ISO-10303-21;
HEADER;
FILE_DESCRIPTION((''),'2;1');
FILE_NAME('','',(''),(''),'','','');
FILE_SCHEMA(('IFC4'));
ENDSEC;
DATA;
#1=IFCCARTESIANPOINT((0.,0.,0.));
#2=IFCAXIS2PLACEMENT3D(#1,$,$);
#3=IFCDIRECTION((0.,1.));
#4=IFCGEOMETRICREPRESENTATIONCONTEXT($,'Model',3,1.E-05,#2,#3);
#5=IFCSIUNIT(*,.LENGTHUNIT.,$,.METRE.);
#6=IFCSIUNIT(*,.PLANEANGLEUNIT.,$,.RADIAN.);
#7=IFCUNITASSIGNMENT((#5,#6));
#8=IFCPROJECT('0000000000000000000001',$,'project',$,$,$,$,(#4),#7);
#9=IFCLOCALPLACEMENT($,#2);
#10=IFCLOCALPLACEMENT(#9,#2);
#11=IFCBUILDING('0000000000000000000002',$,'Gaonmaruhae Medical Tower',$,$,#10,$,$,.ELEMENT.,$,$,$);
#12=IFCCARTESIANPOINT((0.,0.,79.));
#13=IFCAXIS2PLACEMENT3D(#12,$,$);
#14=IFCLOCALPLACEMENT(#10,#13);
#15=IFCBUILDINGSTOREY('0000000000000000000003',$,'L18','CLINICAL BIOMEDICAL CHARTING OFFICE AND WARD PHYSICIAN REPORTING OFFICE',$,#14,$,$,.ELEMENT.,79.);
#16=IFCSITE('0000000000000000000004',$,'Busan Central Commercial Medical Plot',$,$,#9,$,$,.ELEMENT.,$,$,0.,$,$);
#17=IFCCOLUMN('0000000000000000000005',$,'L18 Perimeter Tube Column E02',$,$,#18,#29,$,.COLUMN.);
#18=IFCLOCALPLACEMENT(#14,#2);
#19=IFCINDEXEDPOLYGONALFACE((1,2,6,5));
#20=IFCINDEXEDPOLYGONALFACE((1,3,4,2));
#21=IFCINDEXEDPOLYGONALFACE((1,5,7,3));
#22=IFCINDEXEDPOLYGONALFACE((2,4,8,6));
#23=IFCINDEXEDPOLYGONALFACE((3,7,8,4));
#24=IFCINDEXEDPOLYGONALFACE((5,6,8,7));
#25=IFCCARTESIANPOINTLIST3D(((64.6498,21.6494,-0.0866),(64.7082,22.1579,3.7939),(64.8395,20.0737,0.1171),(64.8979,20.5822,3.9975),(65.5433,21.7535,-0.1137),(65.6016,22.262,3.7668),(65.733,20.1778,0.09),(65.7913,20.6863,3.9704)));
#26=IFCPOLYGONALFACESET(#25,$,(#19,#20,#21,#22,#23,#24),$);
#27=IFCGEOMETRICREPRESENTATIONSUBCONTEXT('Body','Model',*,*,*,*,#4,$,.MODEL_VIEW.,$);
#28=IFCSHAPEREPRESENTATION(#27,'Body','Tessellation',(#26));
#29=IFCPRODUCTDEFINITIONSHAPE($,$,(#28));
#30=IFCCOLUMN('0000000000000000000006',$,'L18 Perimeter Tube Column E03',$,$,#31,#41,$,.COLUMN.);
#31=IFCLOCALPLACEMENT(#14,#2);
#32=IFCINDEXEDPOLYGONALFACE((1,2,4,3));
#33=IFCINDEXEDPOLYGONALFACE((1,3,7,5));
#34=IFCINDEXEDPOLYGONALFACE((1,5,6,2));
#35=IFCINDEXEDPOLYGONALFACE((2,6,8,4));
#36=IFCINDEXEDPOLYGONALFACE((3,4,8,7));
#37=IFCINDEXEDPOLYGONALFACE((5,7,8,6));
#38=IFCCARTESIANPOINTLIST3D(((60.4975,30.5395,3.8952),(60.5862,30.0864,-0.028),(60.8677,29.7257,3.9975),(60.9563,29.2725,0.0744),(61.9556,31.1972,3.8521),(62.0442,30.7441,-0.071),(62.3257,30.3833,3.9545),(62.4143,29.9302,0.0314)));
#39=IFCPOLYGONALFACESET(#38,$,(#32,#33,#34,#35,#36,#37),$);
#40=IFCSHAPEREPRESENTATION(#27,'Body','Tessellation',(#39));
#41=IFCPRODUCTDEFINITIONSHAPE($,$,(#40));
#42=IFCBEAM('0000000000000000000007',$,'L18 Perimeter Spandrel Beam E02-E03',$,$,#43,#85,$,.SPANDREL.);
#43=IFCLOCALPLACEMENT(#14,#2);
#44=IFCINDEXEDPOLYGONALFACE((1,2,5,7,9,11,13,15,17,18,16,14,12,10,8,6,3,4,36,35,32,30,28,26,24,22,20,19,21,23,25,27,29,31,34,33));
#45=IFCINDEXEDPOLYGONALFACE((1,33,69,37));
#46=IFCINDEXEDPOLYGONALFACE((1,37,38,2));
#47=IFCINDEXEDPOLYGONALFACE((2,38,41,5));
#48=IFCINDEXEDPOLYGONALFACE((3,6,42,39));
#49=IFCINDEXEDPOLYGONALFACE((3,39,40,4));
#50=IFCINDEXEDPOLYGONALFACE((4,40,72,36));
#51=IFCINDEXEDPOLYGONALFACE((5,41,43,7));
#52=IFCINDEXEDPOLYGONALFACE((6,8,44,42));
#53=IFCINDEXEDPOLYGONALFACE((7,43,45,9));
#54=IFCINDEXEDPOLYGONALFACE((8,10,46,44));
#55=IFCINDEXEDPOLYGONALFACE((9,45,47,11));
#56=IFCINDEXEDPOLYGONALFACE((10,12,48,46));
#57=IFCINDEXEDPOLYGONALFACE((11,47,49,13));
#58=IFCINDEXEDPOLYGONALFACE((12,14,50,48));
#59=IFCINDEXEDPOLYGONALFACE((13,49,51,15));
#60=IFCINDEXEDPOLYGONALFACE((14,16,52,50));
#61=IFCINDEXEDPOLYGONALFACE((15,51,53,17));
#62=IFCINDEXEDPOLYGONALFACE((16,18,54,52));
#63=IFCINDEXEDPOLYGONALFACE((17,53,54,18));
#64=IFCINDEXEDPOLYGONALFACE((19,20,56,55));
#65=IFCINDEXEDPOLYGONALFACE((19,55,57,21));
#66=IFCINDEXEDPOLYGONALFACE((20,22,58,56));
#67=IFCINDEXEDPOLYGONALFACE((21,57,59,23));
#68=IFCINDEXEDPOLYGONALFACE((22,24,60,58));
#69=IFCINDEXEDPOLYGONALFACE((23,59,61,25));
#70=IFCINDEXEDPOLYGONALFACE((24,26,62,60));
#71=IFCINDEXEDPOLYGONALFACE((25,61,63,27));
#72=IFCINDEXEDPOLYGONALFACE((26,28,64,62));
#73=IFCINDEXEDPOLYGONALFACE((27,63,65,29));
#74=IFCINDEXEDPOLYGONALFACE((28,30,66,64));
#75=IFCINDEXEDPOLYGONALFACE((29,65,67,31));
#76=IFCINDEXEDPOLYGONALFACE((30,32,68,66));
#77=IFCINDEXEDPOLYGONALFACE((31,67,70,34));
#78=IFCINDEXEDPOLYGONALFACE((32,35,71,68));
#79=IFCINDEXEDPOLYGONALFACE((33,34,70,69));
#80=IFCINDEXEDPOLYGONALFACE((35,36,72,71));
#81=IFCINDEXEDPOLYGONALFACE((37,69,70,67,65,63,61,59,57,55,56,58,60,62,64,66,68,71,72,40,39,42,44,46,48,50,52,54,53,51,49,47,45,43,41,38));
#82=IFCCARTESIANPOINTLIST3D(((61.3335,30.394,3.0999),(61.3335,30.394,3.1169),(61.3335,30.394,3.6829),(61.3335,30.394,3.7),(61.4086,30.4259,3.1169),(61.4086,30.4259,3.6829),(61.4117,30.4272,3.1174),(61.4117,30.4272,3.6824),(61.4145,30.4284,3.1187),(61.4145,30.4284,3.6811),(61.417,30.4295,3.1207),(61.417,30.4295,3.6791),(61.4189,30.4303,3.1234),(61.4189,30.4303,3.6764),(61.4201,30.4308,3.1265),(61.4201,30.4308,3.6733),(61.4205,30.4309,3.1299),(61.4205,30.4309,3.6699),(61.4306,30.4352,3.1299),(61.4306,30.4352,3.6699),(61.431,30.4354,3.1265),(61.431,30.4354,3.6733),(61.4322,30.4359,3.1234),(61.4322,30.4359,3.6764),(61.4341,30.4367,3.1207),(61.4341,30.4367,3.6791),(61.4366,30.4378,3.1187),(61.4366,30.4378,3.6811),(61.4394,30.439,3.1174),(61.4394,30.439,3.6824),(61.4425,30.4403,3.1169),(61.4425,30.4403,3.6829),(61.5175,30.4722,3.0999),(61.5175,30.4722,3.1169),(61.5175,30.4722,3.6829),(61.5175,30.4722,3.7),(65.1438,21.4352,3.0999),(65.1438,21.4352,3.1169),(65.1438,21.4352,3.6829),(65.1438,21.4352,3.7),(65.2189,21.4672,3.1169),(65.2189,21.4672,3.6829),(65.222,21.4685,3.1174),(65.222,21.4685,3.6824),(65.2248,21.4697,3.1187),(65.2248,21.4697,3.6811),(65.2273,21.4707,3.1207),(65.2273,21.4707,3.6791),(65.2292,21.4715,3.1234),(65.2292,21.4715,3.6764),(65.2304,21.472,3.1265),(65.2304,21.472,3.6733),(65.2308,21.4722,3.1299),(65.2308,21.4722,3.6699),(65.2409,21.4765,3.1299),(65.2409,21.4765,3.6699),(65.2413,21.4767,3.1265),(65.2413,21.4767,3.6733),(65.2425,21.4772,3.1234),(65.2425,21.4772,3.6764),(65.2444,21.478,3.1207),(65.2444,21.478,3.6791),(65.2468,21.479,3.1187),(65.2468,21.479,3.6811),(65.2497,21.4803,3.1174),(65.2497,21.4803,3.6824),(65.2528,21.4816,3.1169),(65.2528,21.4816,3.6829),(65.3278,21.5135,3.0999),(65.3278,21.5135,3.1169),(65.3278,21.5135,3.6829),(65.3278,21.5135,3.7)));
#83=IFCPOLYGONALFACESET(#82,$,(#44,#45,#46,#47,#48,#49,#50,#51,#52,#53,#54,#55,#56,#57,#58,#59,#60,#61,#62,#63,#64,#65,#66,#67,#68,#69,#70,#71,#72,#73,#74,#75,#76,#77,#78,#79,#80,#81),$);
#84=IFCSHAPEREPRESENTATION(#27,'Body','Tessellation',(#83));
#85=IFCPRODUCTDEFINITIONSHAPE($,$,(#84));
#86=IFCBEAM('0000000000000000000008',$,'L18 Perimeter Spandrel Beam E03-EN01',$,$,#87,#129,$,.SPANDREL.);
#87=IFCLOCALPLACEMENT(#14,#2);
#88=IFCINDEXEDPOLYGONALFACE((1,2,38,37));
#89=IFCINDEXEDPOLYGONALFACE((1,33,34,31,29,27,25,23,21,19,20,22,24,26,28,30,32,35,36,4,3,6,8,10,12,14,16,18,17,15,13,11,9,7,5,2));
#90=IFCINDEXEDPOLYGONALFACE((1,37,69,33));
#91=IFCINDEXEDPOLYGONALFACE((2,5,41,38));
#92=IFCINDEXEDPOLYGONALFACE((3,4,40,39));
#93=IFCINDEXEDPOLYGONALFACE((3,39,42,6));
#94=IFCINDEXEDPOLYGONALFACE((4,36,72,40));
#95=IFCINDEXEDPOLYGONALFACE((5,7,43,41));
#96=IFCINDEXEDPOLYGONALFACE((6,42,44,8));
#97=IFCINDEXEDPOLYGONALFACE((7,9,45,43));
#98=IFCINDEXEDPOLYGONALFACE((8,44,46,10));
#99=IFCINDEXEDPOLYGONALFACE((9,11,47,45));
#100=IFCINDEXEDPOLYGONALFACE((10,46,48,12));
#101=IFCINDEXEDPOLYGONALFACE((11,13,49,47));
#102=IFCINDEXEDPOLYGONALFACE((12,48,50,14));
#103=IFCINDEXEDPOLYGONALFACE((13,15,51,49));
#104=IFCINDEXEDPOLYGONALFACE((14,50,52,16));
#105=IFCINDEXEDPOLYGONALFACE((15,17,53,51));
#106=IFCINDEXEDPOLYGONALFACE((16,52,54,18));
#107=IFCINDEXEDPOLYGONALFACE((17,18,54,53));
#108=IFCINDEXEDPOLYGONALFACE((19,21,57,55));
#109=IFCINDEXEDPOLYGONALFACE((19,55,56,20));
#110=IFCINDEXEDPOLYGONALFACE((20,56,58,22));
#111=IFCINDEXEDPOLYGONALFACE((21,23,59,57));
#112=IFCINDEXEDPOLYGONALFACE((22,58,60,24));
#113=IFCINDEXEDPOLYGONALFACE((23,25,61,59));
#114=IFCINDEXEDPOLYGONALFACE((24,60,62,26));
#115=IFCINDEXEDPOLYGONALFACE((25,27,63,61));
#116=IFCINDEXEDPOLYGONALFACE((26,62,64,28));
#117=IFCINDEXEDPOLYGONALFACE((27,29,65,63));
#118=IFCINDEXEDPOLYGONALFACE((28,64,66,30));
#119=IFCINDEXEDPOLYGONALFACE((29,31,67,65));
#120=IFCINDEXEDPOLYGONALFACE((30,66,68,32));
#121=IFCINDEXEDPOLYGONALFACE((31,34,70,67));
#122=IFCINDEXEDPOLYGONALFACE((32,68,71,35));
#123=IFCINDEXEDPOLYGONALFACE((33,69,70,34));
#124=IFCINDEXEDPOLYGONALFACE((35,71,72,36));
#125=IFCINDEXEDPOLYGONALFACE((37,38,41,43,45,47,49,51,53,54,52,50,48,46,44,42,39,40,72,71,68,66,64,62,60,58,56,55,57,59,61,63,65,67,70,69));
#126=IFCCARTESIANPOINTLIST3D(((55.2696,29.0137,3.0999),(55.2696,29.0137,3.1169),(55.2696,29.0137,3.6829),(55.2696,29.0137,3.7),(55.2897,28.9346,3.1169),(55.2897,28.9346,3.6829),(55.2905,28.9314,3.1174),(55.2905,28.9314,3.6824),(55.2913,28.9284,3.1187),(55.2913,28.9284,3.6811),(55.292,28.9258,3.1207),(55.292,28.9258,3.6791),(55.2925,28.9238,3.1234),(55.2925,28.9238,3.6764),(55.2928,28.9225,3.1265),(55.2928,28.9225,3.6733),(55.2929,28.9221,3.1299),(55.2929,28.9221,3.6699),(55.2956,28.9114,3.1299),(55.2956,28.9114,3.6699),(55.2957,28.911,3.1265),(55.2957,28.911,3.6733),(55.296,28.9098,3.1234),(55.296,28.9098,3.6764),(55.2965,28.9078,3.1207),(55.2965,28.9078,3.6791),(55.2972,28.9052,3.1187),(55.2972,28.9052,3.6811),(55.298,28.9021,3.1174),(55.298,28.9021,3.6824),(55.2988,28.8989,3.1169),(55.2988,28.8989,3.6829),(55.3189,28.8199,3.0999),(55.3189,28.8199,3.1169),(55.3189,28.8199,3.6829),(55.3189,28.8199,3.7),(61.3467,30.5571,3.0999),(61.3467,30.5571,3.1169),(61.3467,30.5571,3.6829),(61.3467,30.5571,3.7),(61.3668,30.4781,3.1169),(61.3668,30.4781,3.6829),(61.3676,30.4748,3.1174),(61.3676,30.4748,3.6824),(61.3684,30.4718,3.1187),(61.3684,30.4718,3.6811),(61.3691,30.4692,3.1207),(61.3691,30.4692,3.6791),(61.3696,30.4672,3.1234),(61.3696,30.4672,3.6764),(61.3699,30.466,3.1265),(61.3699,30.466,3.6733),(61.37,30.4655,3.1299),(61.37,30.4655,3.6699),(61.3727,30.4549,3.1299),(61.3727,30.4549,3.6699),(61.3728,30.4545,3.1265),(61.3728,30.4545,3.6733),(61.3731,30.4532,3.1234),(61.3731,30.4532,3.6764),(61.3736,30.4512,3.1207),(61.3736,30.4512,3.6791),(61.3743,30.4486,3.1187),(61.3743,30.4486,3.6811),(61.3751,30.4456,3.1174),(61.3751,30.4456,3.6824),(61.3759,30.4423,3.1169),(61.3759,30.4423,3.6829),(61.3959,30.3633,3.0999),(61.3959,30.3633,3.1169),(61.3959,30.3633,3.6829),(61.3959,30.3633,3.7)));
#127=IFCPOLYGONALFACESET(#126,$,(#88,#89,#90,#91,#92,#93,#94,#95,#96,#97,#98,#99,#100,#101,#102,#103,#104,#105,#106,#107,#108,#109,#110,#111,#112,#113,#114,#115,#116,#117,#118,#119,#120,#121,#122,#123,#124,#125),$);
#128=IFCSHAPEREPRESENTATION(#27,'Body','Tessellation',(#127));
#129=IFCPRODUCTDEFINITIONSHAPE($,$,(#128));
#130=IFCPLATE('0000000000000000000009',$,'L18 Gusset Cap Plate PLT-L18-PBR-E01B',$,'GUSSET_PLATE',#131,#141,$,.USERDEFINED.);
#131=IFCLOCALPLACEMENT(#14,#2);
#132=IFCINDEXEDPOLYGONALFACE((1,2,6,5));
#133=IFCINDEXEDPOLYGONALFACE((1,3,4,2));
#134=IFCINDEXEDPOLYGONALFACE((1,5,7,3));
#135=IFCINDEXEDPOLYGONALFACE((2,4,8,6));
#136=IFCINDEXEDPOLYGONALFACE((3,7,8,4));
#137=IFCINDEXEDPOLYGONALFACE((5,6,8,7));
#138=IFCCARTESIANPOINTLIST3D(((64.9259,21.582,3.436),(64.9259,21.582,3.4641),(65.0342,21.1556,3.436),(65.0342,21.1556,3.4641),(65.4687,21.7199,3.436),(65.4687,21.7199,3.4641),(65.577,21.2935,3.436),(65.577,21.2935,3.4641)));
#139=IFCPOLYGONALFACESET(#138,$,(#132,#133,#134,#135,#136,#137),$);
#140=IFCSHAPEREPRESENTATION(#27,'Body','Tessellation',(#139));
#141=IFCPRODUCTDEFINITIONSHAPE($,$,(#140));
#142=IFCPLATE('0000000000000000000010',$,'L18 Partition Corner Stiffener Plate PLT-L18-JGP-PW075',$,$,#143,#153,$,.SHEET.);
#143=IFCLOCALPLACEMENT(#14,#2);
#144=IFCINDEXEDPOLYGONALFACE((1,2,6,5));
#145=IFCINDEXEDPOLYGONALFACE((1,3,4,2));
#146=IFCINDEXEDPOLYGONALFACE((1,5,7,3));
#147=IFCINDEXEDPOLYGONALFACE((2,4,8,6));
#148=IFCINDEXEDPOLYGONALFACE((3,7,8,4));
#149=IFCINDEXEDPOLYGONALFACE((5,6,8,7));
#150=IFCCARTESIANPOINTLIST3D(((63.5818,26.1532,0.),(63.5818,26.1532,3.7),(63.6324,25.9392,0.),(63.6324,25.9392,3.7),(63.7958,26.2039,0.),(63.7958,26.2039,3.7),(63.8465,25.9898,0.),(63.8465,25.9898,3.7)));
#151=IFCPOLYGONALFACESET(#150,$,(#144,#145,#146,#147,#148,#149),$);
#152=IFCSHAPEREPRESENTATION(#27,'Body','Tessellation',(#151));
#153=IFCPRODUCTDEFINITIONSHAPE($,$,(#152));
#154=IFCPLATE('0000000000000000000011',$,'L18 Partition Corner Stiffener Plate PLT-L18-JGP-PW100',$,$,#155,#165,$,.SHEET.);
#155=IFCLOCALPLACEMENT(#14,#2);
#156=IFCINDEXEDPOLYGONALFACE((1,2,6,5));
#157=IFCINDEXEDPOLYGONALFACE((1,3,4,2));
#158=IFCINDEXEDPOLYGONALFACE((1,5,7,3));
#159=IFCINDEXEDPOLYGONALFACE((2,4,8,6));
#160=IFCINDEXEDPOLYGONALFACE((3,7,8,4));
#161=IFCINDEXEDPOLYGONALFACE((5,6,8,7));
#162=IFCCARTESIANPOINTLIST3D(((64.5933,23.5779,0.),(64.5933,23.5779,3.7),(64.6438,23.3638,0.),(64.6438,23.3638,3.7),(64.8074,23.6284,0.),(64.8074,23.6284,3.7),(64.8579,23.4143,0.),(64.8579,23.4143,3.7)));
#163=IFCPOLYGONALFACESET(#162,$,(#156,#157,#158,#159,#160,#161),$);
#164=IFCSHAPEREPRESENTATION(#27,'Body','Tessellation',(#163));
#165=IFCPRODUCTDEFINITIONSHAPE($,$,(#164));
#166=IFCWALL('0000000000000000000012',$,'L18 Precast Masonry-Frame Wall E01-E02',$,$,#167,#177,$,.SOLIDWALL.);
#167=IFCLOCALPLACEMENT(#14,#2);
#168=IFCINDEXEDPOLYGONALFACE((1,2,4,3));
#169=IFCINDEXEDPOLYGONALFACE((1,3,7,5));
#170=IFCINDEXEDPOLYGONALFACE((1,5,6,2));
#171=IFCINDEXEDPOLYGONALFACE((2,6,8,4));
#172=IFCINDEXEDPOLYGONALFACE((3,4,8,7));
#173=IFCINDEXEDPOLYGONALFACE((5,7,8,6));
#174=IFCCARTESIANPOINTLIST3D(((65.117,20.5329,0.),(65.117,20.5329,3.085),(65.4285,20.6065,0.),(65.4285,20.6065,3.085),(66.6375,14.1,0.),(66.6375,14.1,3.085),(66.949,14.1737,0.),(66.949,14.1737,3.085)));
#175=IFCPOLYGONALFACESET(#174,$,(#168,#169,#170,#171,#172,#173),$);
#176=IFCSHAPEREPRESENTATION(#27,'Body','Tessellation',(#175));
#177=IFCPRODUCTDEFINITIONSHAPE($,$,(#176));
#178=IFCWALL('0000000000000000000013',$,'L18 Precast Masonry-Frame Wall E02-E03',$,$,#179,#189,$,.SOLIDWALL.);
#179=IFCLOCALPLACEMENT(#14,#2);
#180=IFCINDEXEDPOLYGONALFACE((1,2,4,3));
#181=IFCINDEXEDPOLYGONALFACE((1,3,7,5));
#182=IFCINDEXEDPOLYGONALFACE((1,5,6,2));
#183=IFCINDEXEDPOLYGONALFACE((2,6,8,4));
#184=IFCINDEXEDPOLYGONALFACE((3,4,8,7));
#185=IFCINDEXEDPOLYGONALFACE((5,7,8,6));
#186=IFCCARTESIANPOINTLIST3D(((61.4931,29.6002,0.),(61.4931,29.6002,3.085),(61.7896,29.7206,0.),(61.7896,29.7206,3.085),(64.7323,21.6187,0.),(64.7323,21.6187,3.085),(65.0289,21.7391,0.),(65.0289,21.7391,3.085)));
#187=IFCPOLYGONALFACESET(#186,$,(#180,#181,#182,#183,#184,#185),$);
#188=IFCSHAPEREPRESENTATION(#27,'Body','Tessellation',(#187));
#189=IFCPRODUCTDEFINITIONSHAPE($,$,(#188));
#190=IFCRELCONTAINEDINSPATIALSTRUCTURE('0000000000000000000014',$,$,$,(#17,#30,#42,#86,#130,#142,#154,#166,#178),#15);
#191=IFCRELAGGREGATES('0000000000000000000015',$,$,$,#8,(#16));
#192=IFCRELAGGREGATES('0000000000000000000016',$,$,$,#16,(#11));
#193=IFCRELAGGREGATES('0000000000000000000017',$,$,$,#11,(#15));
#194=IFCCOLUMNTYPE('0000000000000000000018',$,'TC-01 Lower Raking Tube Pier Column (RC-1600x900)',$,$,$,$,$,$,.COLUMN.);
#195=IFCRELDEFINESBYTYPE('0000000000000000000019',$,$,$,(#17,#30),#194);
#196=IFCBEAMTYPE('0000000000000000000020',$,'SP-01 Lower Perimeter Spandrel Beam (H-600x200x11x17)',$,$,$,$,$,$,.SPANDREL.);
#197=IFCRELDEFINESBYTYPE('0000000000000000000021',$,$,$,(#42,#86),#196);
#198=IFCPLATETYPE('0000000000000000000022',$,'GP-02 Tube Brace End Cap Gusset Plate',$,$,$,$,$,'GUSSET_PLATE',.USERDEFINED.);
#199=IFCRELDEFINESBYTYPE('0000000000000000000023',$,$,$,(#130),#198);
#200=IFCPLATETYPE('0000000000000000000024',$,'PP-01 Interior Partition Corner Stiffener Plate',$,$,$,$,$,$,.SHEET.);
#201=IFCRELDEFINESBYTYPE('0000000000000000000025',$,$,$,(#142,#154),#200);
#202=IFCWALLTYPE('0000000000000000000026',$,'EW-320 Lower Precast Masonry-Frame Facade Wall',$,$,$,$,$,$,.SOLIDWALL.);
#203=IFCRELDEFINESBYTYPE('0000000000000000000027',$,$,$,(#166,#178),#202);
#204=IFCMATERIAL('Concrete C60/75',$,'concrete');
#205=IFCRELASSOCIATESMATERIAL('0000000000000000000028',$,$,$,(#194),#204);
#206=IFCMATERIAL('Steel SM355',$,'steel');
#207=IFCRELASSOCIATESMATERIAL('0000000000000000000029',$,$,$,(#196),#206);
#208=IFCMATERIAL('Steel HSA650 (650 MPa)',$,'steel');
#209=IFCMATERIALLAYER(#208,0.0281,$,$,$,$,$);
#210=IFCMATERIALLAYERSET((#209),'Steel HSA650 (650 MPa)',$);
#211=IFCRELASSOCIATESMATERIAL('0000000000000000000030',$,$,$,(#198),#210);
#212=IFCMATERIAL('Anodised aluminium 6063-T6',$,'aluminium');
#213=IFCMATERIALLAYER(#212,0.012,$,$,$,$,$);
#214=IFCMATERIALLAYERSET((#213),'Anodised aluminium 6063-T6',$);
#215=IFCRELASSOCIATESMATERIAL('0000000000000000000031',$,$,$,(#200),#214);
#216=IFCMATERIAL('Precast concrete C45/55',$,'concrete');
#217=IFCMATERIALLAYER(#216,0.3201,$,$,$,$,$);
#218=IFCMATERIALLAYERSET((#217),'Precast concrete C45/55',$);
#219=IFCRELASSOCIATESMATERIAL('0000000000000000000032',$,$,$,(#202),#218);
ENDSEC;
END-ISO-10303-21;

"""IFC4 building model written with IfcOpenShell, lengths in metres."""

from ifc_helpers import new_model, si_unit, direction, frame, frame_2d, origin, origin_2d, place, context, subcontext, project, spatial, rectangle, i_section, extrude, material, layer, layer_set, material_profile, profile_set, type_object, element, save


model = new_model("IFC4")

# Units and contexts
model_context = context("Model", 3, precision=1e-05, world=origin(), true_north=direction((0.0, 1.0)))
body_context = subcontext(model_context, "Body", "Model", "MODEL_VIEW")
ifc_project = project(units=[si_unit("LENGTHUNIT", "METRE"), si_unit("PLANEANGLEUNIT", "RADIAN")], contexts=[model_context])

# Site, building, storey
site_placement = place(None, origin())
site = spatial("IfcSite", under=ifc_project, at=site_placement, Name="Busan Central Commercial Medical Plot", CompositionType="ELEMENT", RefElevation=0.0)
building_placement = place(site_placement, origin())
building = spatial("IfcBuilding", under=site, at=building_placement, Name="Gaonmaruhae Medical Tower", CompositionType="ELEMENT")
storey_placement = place(building_placement, frame((0.0, 0.0, 79.0)))
storey = spatial("IfcBuildingStorey", under=building, at=storey_placement, Name="L18", Description="CLINICAL BIOMEDICAL CHARTING OFFICE AND WARD PHYSICIAN REPORTING OFFICE", CompositionType="ELEMENT", Elevation=79.0)

# Columns
ifc_material_1 = material(Name="Concrete C60/75", Category="concrete")
ifc_material_profile_1 = material_profile(ifc_material_1, rectangle(XDim=1.6001, YDim=0.8999, at=origin_2d()), Name="RC-1600x900")
ifc_profile_set_1 = profile_set([ifc_material_profile_1], Name="Concrete C60/75")
column_type = type_object("IfcColumnType", Name="TC-01 Lower Raking Tube Pier Column (RC-1600x900)", PredefinedType="COLUMN", material=ifc_profile_set_1)
column_1_placement = place(storey_placement, frame((65.1914, 20.9136, 0.0017), z_axis=(0.014908, 0.12993, 0.991411), x_axis=(0.11857, -0.984755, 0.127275)))
element("IfcColumn", 1, at=column_1_placement, inside=storey, type_object=column_type, Name="L18 Perimeter Tube Column E02", PredefinedType="COLUMN", context=body_context, shape_type="SweptSolid", body=[
    extrude(rectangle(XDim=1.6001, YDim=0.8999, at=origin_2d()), origin(), (0.0, 0.0, 1.0), 3.9141),
])
column_2_placement = place(storey_placement, frame((61.5002, 30.0083, 0.0017), z_axis=(-0.022435, 0.11471, 0.993146), x_axis=(-0.911229, -0.411022, 0.026889)))
element("IfcColumn", 2, at=column_2_placement, inside=storey, type_object=column_type, Name="L18 Perimeter Tube Column E03", PredefinedType="COLUMN", context=body_context, shape_type="SweptSolid", body=[
    extrude(rectangle(XDim=1.6001, YDim=0.8999, at=origin_2d()), origin(), (0.0, 0.0, 1.0), 3.9502),
])

# Beams
ifc_material_2 = material(Name="Steel SM355", Category="steel")
ifc_material_profile_2 = material_profile(ifc_material_2, i_section(OverallWidth=0.2, OverallDepth=0.6001, WebThickness=0.011, FlangeThickness=0.0171, FilletRadius=0.0129, at=origin_2d()), Name="H-600x200x11x17")
ifc_profile_set_2 = profile_set([ifc_material_profile_2], Name="Steel SM355")
beam_type = type_object("IfcBeamType", Name="SP-01 Lower Perimeter Spandrel Beam (H-600x200x11x17)", PredefinedType="SPANDREL", material=ifc_profile_set_2)
beam_1_placement = place(storey_placement, frame((65.2358, 21.4744, 3.3999), z_axis=(-0.391388, 0.920226, 0.0), x_axis=(-0.920226, -0.391388, 0.0)))
element("IfcBeam", 3, at=beam_1_placement, inside=storey, type_object=beam_type, Name="L18 Perimeter Spandrel Beam E02-E03", PredefinedType="SPANDREL", context=body_context, shape_type="SweptSolid", body=[
    extrude(i_section(OverallWidth=0.2, OverallDepth=0.6001, WebThickness=0.011, FlangeThickness=0.0171, FilletRadius=0.0129, at=origin_2d()), origin(), (0.0, 0.0, 1.0), 9.7354),
])
beam_2_placement = place(storey_placement, frame((61.3713, 30.4602, 3.3999), z_axis=(-0.969229, -0.246162, 0.0), x_axis=(0.246162, -0.969229, 0.0)))
element("IfcBeam", 4, at=beam_2_placement, inside=storey, type_object=beam_type, Name="L18 Perimeter Spandrel Beam E03-EN01", PredefinedType="SPANDREL", context=body_context, shape_type="SweptSolid", body=[
    extrude(i_section(OverallWidth=0.2, OverallDepth=0.6001, WebThickness=0.011, FlangeThickness=0.0171, FilletRadius=0.0129, at=origin_2d()), origin(), (0.0, 0.0, 1.0), 6.27),
])

# Plates
ifc_material_3 = material(Name="Steel HSA650 (650 MPa)", Category="steel")
ifc_layer_1 = layer(ifc_material_3, 0.0281)
ifc_layer_set_1 = layer_set([ifc_layer_1], Name="Steel HSA650 (650 MPa)")
plate_type_1 = type_object("IfcPlateType", Name="GP-02 Tube Brace End Cap Gusset Plate", ElementType="GUSSET_PLATE", PredefinedType="USERDEFINED", material=ifc_layer_set_1)
plate_placement = place(storey_placement, frame((65.2515, 21.4377, 3.436), z_axis=(0.0, 0.0, 1.0), x_axis=(0.969231, 0.246153, 0.0)))
element("IfcPlate", 5, at=plate_placement, inside=storey, type_object=plate_type_1, Name="L18 Gusset Cap Plate PLT-L18-PBR-E01B", ObjectType="GUSSET_PLATE", PredefinedType="USERDEFINED", context=body_context, shape_type="SweptSolid", body=[
    extrude(rectangle(XDim=0.5601, YDim=0.4399, at=origin_2d()), origin(), (0.0, 0.0, 1.0), 0.0281),
])
ifc_material_4 = material(Name="Anodised aluminium 6063-T6", Category="aluminium")
ifc_layer_2 = layer(ifc_material_4, 0.012)
ifc_layer_set_2 = layer_set([ifc_layer_2], Name="Anodised aluminium 6063-T6")
plate_type_2 = type_object("IfcPlateType", Name="PP-01 Interior Partition Corner Stiffener Plate", PredefinedType="SHEET", material=ifc_layer_set_2)
for number, where, z_axis, x_axis, name in (
    (6, (63.7141, 26.0715, 0.0), (0.0, 0.0, 1.0), (-0.973135, -0.230237, 0.0), "L18 Partition Corner Stiffener Plate PLT-L18-JGP-PW075"),
    (7, (64.7256, 23.4961, 0.0), (0.0, 0.0, 1.0), (0.973287, 0.229591, 0.0), "L18 Partition Corner Stiffener Plate PLT-L18-JGP-PW100"),
):
    element("IfcPlate", number, at=place(storey_placement, frame(where, z_axis=z_axis, x_axis=x_axis)), inside=storey, type_object=plate_type_2, Name=name, PredefinedType="SHEET", context=body_context, shape_type="SweptSolid", body=[
        extrude(rectangle(XDim=0.22, YDim=0.22, at=origin_2d()), origin(), (0.0, 0.0, 1.0), 3.7),
    ])

# Walls
ifc_material_5 = material(Name="Precast concrete C45/55", Category="concrete")
ifc_layer_3 = layer(ifc_material_5, 0.3201)
ifc_layer_set_3 = layer_set([ifc_layer_3], Name="Precast concrete C45/55")
wall_type_1 = type_object("IfcWallType", Name="EW-320 Lower Precast Masonry-Frame Facade Wall", PredefinedType="SOLIDWALL", material=ifc_layer_set_3)
wall_1_placement = place(storey_placement, frame((65.2727, 20.5698, 0.0), z_axis=(0.0, 0.0, 1.0), x_axis=(0.230027, -0.973184, 0.0)))
element("IfcWall", 8, at=wall_1_placement, inside=storey, type_object=wall_type_1, Name="L18 Precast Masonry-Frame Wall E01-E02", PredefinedType="SOLIDWALL", context=body_context, shape_type="SweptSolid", body=[
    extrude(rectangle(XDim=6.6101, YDim=0.3201, at=frame_2d((3.3052, 0.0))), origin(), (0.0, 0.0, 1.0), 3.085),
])
wall_2_placement = place(storey_placement, frame((61.6414, 29.6604, 0.0), z_axis=(0.0, 0.0, 1.0), x_axis=(0.376058, -0.926596, 0.0)))
element("IfcWall", 9, at=wall_2_placement, inside=storey, type_object=wall_type_1, Name="L18 Precast Masonry-Frame Wall E02-E03", PredefinedType="SOLIDWALL", context=body_context, shape_type="SweptSolid", body=[
    extrude(rectangle(XDim=8.6138, YDim=0.3201, at=frame_2d((4.3069, 0.0))), origin(), (0.0, 0.0, 1.0), 3.085),
])

save(model, "model.ifc")
